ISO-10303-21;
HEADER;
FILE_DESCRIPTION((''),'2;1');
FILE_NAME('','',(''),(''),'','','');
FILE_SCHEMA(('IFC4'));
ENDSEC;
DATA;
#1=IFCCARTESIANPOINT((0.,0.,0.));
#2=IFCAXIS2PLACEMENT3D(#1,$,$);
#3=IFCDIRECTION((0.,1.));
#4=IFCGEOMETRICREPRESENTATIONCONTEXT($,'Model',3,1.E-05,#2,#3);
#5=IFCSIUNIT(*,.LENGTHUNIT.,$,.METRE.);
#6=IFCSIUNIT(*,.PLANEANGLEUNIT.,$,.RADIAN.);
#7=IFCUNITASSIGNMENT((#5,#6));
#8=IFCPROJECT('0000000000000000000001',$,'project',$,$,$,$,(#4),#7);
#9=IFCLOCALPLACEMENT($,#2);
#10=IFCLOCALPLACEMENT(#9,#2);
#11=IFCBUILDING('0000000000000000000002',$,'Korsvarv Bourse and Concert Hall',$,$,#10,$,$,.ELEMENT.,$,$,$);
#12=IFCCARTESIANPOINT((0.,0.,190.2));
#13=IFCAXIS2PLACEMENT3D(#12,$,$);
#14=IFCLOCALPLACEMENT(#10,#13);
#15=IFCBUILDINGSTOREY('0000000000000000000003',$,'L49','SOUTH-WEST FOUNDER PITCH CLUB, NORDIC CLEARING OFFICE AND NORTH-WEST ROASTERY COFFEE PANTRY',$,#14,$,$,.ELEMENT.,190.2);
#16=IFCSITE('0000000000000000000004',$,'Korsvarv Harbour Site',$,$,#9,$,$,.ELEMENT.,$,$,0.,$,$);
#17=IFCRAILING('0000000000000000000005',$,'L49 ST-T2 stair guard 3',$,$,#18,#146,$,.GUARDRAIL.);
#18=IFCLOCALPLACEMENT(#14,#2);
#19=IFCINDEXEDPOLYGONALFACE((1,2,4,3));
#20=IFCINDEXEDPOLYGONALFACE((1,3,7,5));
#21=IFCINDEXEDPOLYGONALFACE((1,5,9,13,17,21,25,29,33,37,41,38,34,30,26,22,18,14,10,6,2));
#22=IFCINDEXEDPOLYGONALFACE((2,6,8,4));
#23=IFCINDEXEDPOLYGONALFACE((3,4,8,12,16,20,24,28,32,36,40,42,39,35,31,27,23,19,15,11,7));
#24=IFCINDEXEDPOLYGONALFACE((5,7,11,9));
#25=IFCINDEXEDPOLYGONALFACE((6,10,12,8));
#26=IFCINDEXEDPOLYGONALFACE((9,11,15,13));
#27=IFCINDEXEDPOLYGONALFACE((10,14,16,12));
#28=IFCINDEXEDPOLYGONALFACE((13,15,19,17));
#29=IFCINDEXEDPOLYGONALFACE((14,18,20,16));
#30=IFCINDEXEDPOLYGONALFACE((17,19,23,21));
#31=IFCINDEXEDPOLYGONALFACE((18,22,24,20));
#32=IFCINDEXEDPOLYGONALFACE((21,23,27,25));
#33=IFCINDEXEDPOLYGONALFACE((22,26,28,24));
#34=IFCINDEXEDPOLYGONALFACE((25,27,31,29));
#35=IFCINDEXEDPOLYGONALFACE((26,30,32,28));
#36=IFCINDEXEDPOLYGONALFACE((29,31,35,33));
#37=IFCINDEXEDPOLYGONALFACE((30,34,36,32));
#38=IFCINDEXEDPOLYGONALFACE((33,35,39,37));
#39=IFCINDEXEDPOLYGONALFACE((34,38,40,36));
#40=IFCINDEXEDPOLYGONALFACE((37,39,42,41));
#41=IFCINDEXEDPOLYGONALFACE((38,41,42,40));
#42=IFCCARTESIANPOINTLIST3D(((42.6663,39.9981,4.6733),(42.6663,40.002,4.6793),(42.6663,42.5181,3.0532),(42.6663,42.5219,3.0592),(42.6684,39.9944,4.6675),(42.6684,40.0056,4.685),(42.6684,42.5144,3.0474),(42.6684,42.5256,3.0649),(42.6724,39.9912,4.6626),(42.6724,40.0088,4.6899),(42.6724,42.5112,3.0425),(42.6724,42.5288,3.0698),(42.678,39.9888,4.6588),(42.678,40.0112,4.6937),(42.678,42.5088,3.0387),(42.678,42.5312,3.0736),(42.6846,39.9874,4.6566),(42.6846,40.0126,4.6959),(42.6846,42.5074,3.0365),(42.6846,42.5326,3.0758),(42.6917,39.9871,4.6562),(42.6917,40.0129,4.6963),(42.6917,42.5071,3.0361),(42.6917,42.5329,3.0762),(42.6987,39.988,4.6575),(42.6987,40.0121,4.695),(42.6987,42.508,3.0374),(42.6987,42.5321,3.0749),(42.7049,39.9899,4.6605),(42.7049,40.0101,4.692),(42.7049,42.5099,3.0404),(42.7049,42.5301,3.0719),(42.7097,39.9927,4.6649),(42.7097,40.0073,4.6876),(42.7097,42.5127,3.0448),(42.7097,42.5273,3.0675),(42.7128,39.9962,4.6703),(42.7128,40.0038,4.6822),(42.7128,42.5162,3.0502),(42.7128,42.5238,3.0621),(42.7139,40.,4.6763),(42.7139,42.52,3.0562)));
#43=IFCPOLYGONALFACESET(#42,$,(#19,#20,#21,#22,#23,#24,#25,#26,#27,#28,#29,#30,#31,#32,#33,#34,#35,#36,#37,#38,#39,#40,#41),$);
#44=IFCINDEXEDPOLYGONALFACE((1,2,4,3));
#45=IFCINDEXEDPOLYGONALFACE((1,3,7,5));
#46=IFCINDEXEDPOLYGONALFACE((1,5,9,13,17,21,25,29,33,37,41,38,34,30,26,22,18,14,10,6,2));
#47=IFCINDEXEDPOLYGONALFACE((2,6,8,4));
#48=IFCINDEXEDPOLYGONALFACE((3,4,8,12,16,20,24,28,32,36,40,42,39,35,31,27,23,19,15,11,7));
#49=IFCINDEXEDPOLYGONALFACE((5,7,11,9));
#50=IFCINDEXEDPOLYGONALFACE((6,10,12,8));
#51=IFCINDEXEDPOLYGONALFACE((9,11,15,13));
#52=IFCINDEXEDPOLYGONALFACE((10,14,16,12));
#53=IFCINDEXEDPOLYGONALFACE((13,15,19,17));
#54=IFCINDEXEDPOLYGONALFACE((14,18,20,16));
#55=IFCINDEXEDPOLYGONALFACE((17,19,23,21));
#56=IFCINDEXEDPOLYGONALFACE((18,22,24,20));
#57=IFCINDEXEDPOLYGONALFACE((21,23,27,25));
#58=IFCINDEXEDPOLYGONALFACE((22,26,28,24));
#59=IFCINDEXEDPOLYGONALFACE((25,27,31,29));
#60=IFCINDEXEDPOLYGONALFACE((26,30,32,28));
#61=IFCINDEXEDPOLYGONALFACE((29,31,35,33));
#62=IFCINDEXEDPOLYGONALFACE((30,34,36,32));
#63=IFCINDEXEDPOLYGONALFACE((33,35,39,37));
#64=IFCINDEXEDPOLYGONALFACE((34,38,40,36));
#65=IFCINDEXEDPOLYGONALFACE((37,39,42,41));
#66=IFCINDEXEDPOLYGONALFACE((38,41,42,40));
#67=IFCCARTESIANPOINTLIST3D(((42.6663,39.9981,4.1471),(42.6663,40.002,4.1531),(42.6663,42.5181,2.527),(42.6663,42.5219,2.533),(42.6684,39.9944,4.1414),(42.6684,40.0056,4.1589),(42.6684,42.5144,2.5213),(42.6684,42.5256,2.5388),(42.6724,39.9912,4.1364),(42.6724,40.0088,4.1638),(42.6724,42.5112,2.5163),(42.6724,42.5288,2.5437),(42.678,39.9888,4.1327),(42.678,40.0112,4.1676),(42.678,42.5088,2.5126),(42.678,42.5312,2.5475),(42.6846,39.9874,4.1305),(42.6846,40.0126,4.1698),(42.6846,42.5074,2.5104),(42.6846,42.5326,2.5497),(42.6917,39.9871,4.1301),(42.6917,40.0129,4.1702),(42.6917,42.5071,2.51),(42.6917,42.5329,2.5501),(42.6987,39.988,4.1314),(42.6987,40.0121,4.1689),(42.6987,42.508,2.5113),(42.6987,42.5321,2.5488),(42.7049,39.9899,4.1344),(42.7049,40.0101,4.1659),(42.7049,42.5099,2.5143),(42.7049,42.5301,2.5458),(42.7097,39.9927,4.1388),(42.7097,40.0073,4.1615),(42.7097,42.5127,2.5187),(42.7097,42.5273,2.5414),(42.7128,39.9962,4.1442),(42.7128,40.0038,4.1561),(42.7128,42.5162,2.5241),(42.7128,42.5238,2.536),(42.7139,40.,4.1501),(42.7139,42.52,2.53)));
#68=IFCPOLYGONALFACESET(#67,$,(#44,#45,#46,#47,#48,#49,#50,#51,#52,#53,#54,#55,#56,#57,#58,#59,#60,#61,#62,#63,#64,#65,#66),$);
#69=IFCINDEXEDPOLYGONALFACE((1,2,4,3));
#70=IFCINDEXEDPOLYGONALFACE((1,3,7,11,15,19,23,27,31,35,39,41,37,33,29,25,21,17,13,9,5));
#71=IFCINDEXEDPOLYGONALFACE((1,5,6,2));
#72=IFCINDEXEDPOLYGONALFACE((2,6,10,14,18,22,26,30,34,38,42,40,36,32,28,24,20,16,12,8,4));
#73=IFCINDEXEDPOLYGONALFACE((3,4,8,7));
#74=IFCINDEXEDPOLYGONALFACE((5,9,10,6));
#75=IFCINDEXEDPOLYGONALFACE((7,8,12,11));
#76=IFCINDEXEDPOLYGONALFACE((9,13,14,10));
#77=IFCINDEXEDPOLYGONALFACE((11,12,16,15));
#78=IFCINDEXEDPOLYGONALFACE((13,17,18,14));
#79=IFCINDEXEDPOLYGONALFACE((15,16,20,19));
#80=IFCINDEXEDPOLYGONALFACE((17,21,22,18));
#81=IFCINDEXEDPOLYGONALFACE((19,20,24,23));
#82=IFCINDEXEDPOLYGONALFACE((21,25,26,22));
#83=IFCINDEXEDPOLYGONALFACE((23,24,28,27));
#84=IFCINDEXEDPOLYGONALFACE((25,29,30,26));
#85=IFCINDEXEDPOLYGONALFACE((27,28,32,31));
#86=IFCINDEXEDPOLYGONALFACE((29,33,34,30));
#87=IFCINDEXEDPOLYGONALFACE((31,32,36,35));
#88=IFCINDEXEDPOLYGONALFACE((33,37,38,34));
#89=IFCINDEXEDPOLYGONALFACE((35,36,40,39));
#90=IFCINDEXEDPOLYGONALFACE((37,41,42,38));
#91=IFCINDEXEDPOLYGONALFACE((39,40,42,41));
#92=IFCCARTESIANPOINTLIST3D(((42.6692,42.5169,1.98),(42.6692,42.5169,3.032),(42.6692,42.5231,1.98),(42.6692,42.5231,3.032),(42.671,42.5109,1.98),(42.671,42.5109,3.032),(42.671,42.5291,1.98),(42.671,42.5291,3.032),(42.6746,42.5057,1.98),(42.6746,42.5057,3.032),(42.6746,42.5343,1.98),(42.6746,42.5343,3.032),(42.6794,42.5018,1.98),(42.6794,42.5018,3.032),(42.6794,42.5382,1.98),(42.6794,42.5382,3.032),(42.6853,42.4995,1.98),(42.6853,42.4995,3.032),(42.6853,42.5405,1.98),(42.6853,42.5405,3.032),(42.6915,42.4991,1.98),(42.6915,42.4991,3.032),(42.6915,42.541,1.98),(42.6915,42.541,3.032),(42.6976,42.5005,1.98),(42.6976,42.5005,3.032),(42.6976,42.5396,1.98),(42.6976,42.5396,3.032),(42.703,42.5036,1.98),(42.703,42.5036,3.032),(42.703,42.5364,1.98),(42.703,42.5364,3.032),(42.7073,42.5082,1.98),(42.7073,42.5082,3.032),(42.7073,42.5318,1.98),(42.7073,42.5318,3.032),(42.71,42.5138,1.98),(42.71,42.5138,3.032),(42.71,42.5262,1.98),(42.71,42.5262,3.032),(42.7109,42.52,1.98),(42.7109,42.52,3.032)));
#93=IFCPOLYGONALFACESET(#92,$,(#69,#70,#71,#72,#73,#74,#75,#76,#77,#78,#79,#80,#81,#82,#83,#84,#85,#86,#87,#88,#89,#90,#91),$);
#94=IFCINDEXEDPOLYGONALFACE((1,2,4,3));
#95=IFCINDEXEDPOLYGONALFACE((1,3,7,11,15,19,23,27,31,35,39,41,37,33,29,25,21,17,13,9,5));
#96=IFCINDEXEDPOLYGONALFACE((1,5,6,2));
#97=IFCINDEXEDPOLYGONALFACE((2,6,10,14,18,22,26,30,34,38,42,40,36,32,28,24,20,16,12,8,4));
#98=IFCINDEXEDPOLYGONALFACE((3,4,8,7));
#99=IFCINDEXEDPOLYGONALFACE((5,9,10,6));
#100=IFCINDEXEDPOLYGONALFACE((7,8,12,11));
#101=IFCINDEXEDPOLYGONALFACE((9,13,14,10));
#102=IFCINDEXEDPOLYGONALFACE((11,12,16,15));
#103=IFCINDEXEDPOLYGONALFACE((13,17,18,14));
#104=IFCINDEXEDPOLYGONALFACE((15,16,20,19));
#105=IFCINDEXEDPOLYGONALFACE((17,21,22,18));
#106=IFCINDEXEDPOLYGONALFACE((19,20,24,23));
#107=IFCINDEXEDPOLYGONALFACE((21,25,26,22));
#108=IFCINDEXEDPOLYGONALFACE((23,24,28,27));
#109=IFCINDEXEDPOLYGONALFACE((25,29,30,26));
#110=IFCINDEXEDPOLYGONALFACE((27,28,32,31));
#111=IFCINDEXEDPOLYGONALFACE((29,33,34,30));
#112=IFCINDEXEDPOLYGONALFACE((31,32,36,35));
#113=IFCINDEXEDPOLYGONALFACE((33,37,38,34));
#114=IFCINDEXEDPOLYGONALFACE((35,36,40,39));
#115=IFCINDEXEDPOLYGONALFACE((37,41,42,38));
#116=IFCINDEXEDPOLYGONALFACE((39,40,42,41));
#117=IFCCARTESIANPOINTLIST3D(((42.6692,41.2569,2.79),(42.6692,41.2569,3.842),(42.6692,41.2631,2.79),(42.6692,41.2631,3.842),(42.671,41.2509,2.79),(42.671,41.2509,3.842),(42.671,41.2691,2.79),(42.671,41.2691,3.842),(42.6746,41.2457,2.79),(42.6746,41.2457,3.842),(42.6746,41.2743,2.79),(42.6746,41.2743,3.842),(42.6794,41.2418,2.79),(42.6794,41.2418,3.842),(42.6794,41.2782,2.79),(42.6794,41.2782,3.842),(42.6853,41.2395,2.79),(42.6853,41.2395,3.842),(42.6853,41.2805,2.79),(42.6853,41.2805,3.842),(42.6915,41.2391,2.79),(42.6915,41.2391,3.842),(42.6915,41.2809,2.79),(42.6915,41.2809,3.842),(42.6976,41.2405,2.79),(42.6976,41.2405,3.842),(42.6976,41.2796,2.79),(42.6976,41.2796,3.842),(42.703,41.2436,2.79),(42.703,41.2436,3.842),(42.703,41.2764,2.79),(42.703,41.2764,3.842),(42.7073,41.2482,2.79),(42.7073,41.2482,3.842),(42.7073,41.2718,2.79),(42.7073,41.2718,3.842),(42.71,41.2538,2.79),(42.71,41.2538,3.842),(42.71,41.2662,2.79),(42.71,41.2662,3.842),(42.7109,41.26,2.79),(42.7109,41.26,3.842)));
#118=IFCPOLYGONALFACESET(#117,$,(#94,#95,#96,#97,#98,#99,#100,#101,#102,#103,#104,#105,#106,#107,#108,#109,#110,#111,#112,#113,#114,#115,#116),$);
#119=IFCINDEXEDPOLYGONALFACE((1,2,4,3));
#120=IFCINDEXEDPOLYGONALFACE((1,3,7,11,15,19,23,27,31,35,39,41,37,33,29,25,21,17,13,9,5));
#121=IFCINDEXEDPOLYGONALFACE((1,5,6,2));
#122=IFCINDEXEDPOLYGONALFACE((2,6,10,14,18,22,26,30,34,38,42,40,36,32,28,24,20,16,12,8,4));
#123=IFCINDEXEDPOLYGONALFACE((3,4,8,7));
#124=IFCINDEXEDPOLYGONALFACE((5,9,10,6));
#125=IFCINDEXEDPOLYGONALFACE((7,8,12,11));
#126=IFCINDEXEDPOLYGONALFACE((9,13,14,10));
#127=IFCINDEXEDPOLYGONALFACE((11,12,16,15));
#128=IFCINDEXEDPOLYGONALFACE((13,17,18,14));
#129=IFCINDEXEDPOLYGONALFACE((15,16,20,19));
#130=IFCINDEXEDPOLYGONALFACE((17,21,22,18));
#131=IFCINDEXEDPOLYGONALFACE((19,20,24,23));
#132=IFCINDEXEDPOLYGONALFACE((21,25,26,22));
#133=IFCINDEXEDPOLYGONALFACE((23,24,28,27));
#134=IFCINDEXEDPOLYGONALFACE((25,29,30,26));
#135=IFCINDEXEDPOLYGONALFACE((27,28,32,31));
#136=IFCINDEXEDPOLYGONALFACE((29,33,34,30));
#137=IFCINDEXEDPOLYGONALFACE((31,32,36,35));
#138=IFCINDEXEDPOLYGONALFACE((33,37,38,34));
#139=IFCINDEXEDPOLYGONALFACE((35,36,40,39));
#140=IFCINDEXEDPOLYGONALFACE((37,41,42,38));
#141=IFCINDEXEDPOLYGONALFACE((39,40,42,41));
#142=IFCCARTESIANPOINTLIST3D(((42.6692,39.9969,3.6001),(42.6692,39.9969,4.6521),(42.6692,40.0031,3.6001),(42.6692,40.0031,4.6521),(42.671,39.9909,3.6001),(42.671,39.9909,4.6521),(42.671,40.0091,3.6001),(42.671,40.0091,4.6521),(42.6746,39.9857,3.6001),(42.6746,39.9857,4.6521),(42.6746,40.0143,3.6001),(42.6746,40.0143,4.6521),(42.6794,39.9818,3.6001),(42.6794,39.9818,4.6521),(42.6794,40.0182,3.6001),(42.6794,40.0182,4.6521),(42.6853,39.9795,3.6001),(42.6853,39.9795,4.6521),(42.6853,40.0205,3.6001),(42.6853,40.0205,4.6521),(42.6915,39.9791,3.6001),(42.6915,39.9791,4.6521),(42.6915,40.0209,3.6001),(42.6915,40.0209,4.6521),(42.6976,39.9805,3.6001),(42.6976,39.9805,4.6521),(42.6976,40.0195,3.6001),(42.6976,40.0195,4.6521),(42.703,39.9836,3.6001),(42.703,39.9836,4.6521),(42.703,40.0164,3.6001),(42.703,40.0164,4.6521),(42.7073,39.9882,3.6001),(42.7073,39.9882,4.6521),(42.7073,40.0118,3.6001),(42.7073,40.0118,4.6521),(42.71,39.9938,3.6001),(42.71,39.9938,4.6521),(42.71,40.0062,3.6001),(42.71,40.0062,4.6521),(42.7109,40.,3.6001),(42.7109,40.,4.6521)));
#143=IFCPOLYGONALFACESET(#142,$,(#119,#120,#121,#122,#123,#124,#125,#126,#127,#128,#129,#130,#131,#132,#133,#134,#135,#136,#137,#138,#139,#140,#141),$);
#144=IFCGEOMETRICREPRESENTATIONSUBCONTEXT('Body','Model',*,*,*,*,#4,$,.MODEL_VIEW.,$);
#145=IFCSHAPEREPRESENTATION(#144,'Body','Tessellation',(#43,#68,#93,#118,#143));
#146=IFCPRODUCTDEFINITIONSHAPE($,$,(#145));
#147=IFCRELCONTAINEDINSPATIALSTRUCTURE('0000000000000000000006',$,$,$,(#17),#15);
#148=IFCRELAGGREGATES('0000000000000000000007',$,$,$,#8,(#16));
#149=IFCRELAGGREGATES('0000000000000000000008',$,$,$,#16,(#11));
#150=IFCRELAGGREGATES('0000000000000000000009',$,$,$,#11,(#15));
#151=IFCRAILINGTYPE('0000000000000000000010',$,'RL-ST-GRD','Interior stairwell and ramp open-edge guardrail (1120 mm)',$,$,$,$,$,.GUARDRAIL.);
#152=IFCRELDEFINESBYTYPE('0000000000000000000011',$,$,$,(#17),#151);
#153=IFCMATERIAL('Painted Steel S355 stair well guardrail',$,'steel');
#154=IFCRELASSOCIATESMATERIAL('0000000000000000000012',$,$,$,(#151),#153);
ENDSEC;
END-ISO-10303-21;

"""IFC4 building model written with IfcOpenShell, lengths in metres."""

from ifc_helpers import new_model, si_unit, direction, frame, origin, origin_2d, place, context, subcontext, project, spatial, circle, extrude, material, type_object, element, save


model = new_model("IFC4")

# Units and contexts
model_context = context("Model", 3, precision=1e-05, world=origin(), true_north=direction((0.0, 1.0)))
body_context = subcontext(model_context, "Body", "Model", "MODEL_VIEW")
ifc_project = project(units=[si_unit("LENGTHUNIT", "METRE"), si_unit("PLANEANGLEUNIT", "RADIAN")], contexts=[model_context])

# Site, building, storey
site_placement = place(None, origin())
site = spatial("IfcSite", under=ifc_project, at=site_placement, Name="Korsvarv Harbour Site", CompositionType="ELEMENT", RefElevation=0.0)
building_placement = place(site_placement, origin())
building = spatial("IfcBuilding", under=site, at=building_placement, Name="Korsvarv Bourse and Concert Hall", CompositionType="ELEMENT")
storey_placement = place(building_placement, frame((0.0, 0.0, 190.2)))
storey = spatial("IfcBuildingStorey", under=building, at=storey_placement, Name="L49", Description="SOUTH-WEST FOUNDER PITCH CLUB, NORDIC CLEARING OFFICE AND NORTH-WEST ROASTERY COFFEE PANTRY", CompositionType="ELEMENT", Elevation=190.2)

# Railing
ifc_material_1 = material(Name="Painted Steel S355 stair well guardrail", Category="steel")
railing_type_1 = type_object("IfcRailingType", Name="RL-ST-GRD", Description="Interior stairwell and ramp open-edge guardrail (1120 mm)", PredefinedType="GUARDRAIL", material=ifc_material_1)
railing_1_placement = place(storey_placement, frame((42.6899, 42.52, 1.98)))
element("IfcRailing", 1, at=railing_1_placement, inside=storey, type_object=railing_type_1, Name="L49 ST-T2 stair guard 3", PredefinedType="GUARDRAIL", context=body_context, shape_type="SweptSolid", body=[
    extrude(circle(Radius=0.0239, at=origin_2d()), frame((0.0, 0.0, 1.0762), z_axis=(0.0, -0.841163, 0.540782), x_axis=(1.0, 0.0, 0.0)), (0.0, 0.0, 1.0), 2.9958),
    extrude(circle(Radius=0.0239, at=origin_2d()), frame((0.0, 0.0, 0.55), z_axis=(0.0, -0.841163, 0.540782), x_axis=(1.0, 0.0, 0.0)), (0.0, 0.0, 1.0), 2.9958),
    extrude(circle(Radius=0.021, at=origin_2d()), origin(), (0.0, 0.0, 1.0), 1.052),
    extrude(circle(Radius=0.021, at=origin_2d()), frame((0.0, -1.26, 0.8101)), (0.0, 0.0, 1.0), 1.052),
    extrude(circle(Radius=0.021, at=origin_2d()), frame((0.0, -2.52, 1.6201)), (0.0, 0.0, 1.0), 1.052),
])

save(model, "model.ifc")
